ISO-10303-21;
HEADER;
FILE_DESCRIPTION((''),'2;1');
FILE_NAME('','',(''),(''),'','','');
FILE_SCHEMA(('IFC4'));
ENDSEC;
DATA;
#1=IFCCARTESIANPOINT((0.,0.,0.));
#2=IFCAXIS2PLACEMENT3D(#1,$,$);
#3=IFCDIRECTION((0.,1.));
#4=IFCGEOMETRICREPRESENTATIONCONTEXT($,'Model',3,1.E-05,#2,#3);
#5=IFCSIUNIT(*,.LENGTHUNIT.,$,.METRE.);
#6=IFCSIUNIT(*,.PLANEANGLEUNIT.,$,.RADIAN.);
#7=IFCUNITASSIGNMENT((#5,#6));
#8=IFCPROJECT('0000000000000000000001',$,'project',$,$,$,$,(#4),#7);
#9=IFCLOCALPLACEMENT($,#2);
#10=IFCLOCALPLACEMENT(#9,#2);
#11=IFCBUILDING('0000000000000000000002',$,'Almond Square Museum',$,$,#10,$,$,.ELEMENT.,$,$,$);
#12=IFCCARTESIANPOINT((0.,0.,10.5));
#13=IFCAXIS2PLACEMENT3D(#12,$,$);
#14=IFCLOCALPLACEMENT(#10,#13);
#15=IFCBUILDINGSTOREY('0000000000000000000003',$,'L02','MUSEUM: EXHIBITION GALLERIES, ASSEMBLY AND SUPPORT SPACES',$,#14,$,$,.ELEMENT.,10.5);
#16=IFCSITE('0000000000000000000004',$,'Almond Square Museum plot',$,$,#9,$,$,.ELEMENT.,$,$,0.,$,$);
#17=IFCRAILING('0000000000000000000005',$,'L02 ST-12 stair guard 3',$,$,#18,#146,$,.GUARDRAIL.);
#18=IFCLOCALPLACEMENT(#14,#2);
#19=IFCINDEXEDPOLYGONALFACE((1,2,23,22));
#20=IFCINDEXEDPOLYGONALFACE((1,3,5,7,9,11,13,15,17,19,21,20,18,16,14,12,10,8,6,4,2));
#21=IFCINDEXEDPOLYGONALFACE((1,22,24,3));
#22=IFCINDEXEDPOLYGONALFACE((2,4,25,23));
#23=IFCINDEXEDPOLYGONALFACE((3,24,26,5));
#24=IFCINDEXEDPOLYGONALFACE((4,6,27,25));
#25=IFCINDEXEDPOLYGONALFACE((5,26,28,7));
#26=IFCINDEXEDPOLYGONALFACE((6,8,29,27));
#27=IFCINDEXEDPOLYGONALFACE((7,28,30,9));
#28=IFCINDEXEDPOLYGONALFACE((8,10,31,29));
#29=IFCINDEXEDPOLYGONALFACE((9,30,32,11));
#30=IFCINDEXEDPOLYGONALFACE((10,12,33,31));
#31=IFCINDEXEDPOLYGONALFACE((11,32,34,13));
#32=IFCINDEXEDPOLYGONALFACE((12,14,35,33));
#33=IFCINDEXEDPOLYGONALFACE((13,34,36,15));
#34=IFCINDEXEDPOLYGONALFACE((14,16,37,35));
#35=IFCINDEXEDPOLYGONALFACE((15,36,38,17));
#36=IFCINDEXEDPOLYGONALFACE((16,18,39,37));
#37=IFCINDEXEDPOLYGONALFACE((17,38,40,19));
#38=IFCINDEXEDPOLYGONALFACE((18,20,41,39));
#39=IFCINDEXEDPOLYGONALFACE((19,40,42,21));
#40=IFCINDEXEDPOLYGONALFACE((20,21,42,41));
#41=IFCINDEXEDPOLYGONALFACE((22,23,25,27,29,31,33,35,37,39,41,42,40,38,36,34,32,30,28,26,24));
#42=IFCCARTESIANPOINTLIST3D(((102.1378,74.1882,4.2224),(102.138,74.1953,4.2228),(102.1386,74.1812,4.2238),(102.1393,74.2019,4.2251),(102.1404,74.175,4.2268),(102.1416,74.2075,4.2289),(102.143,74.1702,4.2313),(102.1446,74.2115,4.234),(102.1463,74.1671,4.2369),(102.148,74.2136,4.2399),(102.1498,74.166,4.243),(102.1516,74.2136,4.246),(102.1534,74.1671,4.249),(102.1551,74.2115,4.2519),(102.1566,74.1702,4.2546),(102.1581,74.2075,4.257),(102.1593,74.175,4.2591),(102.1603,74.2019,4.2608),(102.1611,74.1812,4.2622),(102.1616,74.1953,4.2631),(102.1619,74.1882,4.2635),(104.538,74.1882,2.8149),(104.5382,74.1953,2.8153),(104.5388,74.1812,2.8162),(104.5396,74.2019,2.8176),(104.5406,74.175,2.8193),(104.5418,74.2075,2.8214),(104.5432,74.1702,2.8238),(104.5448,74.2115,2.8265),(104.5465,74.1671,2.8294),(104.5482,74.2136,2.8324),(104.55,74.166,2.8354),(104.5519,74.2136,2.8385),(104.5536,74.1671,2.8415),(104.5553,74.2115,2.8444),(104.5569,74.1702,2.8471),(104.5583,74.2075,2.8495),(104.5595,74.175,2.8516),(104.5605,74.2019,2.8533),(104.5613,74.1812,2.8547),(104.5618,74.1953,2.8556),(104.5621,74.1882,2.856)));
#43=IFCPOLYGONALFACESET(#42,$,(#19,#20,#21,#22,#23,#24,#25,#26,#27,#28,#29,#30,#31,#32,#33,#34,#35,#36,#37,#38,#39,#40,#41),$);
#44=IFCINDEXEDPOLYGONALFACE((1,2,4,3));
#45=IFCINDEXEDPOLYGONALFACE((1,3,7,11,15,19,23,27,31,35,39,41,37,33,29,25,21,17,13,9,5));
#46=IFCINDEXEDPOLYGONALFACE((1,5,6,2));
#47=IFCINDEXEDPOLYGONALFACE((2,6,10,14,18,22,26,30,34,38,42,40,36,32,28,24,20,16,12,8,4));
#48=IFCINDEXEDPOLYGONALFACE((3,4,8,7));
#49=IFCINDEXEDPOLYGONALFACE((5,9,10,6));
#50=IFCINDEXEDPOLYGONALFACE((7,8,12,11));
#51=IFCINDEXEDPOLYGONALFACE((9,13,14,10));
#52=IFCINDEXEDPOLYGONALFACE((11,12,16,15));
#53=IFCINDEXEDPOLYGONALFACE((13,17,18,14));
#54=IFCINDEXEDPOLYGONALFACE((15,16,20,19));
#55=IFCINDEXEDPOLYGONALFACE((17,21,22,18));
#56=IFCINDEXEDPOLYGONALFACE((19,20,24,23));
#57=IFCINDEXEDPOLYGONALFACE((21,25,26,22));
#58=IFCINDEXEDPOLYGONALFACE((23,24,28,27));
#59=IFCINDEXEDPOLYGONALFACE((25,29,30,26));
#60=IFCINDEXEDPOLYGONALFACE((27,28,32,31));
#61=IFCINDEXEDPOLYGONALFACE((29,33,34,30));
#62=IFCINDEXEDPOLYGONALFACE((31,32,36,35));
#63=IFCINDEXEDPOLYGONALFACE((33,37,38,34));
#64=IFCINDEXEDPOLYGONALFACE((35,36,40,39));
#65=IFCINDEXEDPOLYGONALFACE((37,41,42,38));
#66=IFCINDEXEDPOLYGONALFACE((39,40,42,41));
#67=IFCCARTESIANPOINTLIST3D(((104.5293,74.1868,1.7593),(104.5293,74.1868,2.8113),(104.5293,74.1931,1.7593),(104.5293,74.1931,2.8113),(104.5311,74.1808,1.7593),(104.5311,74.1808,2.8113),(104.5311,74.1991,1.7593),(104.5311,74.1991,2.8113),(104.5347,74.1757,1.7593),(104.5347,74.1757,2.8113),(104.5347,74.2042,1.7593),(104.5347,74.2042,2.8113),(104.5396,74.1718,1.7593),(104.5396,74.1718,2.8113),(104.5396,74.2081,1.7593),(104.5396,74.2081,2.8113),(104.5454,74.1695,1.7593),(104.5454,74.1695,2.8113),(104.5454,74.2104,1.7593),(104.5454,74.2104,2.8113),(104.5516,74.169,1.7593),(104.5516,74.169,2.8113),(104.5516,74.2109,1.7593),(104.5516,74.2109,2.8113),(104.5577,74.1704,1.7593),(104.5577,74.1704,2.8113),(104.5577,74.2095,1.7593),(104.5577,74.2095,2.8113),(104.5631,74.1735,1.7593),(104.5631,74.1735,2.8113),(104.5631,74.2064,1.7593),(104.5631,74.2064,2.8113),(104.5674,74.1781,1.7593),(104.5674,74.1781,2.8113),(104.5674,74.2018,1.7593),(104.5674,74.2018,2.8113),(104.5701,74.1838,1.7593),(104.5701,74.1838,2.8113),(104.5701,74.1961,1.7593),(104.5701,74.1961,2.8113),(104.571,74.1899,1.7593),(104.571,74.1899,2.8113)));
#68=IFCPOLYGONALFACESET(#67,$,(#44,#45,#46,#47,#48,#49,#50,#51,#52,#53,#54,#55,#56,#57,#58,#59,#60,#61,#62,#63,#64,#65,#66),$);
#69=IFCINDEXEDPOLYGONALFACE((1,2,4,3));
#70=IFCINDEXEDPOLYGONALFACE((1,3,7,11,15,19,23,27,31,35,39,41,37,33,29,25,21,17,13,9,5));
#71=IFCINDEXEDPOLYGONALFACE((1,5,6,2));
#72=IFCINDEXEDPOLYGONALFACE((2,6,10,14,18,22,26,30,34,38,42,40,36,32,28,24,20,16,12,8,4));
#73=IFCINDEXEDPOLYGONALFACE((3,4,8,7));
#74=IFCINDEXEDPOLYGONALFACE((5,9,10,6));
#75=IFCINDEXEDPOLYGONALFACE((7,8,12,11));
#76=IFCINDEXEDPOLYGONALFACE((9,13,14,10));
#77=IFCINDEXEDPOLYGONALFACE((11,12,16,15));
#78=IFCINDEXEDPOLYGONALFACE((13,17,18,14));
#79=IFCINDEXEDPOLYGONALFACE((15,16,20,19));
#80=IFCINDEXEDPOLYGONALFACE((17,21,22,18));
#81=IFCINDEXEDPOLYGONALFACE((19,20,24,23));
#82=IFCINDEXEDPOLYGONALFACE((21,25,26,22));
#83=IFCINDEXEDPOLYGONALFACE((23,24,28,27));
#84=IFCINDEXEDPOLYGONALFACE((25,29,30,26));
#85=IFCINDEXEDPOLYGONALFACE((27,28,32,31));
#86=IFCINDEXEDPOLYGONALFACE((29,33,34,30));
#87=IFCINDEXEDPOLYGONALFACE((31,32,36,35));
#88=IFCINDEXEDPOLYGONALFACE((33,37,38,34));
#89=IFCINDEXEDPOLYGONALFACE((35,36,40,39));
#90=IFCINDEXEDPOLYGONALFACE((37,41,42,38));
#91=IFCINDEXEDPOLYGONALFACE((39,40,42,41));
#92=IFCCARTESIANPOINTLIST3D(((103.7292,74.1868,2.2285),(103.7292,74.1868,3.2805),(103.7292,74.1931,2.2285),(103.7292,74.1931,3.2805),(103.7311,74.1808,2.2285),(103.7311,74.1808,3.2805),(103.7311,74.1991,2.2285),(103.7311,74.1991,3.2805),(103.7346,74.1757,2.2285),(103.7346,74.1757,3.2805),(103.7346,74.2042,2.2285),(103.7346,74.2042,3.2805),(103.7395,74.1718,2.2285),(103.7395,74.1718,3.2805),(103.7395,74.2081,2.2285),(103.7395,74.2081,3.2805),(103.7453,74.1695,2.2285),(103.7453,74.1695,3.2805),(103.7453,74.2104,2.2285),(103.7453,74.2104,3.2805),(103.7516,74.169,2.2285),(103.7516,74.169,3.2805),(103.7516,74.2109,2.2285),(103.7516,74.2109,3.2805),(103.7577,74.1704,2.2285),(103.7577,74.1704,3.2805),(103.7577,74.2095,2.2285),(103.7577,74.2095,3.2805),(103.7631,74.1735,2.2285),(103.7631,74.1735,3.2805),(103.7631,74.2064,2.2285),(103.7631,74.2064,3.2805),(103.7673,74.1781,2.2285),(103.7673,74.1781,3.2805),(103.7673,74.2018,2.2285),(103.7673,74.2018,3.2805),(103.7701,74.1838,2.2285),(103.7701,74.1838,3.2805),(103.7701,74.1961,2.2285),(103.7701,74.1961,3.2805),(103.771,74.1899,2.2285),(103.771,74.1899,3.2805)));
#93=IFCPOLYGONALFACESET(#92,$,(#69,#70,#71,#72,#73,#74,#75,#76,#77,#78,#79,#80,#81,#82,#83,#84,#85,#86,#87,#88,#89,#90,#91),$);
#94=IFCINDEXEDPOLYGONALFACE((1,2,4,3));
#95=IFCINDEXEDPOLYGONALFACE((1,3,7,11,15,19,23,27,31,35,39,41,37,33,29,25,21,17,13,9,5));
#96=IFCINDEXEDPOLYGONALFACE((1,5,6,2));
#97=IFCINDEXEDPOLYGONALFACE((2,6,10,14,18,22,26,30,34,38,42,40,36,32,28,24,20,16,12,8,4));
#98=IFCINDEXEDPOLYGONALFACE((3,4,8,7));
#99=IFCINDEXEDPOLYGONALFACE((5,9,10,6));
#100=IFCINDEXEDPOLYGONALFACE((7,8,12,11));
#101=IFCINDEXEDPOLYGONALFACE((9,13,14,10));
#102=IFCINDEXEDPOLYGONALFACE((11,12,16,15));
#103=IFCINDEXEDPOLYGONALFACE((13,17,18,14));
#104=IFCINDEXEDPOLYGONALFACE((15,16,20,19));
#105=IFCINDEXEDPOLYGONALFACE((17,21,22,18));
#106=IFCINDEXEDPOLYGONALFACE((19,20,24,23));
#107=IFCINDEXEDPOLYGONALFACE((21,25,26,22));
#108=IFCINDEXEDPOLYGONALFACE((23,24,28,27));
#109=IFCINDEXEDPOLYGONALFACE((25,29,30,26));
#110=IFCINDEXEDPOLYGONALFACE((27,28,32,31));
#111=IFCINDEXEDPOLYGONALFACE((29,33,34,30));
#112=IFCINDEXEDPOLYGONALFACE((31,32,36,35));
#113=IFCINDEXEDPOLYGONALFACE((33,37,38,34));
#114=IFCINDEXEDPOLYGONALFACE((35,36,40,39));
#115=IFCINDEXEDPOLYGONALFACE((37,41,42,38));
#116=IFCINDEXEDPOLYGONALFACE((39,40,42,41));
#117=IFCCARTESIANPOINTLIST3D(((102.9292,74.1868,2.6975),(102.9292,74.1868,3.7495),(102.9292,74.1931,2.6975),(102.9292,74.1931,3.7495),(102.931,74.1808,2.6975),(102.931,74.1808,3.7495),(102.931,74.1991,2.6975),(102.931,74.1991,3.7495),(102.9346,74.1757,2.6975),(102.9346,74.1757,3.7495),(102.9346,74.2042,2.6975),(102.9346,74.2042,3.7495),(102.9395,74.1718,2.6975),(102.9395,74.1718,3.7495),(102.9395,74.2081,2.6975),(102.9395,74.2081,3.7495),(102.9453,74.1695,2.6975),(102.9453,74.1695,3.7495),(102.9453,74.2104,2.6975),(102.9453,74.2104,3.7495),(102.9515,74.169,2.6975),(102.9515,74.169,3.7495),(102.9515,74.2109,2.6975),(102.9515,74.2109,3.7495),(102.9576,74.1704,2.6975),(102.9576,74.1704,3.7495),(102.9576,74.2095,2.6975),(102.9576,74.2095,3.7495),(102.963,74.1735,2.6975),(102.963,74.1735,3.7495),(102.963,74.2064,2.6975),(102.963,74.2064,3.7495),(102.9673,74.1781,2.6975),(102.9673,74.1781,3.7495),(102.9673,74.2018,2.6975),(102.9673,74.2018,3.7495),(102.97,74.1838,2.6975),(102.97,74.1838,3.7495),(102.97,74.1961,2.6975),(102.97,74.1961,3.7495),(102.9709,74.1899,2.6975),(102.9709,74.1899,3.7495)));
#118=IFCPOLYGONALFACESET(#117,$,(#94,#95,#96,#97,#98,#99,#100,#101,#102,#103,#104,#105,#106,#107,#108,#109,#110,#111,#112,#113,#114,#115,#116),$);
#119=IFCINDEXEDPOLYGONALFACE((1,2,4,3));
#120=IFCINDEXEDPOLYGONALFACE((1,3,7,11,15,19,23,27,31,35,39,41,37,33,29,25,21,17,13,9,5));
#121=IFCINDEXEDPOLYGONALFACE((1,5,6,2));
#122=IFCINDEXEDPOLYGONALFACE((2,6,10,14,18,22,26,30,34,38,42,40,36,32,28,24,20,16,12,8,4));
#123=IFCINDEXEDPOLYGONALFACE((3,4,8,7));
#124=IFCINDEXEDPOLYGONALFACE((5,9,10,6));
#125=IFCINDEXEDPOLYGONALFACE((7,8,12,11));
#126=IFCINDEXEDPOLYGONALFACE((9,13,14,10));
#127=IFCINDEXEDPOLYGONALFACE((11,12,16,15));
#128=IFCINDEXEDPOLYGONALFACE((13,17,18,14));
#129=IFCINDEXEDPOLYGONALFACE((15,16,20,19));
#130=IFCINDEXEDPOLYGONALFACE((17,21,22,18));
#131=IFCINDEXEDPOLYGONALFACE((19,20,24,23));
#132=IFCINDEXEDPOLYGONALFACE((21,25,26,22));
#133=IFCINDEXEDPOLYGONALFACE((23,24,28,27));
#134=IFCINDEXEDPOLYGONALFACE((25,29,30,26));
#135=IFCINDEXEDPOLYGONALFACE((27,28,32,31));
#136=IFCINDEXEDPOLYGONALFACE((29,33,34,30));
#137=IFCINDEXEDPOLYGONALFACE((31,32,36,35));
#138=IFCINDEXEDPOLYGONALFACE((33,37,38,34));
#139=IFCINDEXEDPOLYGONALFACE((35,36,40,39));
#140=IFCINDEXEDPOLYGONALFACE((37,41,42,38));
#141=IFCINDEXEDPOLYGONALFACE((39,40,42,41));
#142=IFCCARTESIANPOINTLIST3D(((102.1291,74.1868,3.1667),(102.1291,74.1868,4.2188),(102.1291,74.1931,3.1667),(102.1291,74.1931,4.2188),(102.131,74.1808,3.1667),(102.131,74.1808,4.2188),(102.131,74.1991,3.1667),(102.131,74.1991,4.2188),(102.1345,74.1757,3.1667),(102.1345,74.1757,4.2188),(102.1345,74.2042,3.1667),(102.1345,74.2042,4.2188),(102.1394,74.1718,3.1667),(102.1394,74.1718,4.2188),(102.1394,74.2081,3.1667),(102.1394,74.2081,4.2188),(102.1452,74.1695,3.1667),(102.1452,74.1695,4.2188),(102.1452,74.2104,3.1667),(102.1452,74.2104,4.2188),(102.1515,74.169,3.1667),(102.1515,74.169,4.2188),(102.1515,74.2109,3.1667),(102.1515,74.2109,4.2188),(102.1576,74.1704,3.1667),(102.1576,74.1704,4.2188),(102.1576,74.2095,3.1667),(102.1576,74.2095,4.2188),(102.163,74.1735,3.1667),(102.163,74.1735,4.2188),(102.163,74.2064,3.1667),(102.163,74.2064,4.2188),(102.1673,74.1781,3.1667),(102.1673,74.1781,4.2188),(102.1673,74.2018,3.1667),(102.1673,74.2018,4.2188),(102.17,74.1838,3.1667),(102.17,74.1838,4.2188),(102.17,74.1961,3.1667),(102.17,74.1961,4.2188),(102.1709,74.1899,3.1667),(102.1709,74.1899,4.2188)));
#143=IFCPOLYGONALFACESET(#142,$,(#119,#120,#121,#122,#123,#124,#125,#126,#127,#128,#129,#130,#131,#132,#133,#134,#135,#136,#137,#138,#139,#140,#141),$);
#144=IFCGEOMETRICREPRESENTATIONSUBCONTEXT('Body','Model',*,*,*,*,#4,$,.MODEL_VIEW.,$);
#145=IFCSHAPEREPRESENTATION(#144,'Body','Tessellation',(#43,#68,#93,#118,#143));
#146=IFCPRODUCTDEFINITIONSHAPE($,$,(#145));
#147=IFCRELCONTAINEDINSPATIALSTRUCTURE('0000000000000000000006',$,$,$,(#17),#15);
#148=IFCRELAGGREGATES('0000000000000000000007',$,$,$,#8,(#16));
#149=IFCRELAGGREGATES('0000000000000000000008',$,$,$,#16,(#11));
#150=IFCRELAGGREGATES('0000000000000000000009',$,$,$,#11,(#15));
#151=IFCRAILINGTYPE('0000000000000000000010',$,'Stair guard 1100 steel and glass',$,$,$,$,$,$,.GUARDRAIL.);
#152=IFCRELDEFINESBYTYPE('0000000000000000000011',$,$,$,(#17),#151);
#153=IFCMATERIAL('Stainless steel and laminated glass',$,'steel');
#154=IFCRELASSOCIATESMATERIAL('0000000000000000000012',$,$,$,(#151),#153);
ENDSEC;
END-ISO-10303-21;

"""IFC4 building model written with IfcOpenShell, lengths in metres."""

from ifc_helpers import new_model, si_unit, direction, frame, origin, origin_2d, place, context, subcontext, project, spatial, circle, extrude, material, type_object, element, save


model = new_model("IFC4")

# Units and contexts
model_context = context("Model", 3, precision=1e-05, world=origin(), true_north=direction((0.0, 1.0)))
body_context = subcontext(model_context, "Body", "Model", "MODEL_VIEW")
ifc_project = project(units=[si_unit("LENGTHUNIT", "METRE"), si_unit("PLANEANGLEUNIT", "RADIAN")], contexts=[model_context])

# Site, building, storey
site_placement = place(None, origin())
site = spatial("IfcSite", under=ifc_project, at=site_placement, Name="Almond Square Museum plot", CompositionType="ELEMENT", RefElevation=0.0)
building_placement = place(site_placement, origin())
building = spatial("IfcBuilding", under=site, at=building_placement, Name="Almond Square Museum", CompositionType="ELEMENT")
storey_placement = place(building_placement, frame((0.0, 0.0, 10.5)))
storey = spatial("IfcBuildingStorey", under=building, at=storey_placement, Name="L02", Description="MUSEUM: EXHIBITION GALLERIES, ASSEMBLY AND SUPPORT SPACES", CompositionType="ELEMENT", Elevation=10.5)

# Railing
ifc_material_1 = material(Name="Stainless steel and laminated glass", Category="steel")
railing_type_1 = type_object("IfcRailingType", Name="Stair guard 1100 steel and glass", PredefinedType="GUARDRAIL", material=ifc_material_1)
railing_1_placement = place(storey_placement, frame((104.55, 74.1899, 1.7593)))
element("IfcRailing", 1, at=railing_1_placement, inside=storey, type_object=railing_type_1, Name="L02 ST-12 stair guard 3", PredefinedType="GUARDRAIL", context=body_context, shape_type="SweptSolid", body=[
    extrude(circle(Radius=0.0239, at=origin_2d()), frame((0.0, 0.0, 1.0762), z_axis=(-0.862621, 0.0, 0.50585), x_axis=(0.0, -1.0, 0.0)), (0.0, 0.0, 1.0), 2.7825),
    extrude(circle(Radius=0.021, at=origin_2d()), origin(), (0.0, 0.0, 1.0), 1.052),
    extrude(circle(Radius=0.021, at=origin_2d()), frame((-0.8, 0.0, 0.4692)), (0.0, 0.0, 1.0), 1.052),
    extrude(circle(Radius=0.021, at=origin_2d()), frame((-1.6001, 0.0, 0.9382)), (0.0, 0.0, 1.0), 1.052),
    extrude(circle(Radius=0.021, at=origin_2d()), frame((-2.4001, 0.0, 1.4075)), (0.0, 0.0, 1.0), 1.052),
])

save(model, "model.ifc")
